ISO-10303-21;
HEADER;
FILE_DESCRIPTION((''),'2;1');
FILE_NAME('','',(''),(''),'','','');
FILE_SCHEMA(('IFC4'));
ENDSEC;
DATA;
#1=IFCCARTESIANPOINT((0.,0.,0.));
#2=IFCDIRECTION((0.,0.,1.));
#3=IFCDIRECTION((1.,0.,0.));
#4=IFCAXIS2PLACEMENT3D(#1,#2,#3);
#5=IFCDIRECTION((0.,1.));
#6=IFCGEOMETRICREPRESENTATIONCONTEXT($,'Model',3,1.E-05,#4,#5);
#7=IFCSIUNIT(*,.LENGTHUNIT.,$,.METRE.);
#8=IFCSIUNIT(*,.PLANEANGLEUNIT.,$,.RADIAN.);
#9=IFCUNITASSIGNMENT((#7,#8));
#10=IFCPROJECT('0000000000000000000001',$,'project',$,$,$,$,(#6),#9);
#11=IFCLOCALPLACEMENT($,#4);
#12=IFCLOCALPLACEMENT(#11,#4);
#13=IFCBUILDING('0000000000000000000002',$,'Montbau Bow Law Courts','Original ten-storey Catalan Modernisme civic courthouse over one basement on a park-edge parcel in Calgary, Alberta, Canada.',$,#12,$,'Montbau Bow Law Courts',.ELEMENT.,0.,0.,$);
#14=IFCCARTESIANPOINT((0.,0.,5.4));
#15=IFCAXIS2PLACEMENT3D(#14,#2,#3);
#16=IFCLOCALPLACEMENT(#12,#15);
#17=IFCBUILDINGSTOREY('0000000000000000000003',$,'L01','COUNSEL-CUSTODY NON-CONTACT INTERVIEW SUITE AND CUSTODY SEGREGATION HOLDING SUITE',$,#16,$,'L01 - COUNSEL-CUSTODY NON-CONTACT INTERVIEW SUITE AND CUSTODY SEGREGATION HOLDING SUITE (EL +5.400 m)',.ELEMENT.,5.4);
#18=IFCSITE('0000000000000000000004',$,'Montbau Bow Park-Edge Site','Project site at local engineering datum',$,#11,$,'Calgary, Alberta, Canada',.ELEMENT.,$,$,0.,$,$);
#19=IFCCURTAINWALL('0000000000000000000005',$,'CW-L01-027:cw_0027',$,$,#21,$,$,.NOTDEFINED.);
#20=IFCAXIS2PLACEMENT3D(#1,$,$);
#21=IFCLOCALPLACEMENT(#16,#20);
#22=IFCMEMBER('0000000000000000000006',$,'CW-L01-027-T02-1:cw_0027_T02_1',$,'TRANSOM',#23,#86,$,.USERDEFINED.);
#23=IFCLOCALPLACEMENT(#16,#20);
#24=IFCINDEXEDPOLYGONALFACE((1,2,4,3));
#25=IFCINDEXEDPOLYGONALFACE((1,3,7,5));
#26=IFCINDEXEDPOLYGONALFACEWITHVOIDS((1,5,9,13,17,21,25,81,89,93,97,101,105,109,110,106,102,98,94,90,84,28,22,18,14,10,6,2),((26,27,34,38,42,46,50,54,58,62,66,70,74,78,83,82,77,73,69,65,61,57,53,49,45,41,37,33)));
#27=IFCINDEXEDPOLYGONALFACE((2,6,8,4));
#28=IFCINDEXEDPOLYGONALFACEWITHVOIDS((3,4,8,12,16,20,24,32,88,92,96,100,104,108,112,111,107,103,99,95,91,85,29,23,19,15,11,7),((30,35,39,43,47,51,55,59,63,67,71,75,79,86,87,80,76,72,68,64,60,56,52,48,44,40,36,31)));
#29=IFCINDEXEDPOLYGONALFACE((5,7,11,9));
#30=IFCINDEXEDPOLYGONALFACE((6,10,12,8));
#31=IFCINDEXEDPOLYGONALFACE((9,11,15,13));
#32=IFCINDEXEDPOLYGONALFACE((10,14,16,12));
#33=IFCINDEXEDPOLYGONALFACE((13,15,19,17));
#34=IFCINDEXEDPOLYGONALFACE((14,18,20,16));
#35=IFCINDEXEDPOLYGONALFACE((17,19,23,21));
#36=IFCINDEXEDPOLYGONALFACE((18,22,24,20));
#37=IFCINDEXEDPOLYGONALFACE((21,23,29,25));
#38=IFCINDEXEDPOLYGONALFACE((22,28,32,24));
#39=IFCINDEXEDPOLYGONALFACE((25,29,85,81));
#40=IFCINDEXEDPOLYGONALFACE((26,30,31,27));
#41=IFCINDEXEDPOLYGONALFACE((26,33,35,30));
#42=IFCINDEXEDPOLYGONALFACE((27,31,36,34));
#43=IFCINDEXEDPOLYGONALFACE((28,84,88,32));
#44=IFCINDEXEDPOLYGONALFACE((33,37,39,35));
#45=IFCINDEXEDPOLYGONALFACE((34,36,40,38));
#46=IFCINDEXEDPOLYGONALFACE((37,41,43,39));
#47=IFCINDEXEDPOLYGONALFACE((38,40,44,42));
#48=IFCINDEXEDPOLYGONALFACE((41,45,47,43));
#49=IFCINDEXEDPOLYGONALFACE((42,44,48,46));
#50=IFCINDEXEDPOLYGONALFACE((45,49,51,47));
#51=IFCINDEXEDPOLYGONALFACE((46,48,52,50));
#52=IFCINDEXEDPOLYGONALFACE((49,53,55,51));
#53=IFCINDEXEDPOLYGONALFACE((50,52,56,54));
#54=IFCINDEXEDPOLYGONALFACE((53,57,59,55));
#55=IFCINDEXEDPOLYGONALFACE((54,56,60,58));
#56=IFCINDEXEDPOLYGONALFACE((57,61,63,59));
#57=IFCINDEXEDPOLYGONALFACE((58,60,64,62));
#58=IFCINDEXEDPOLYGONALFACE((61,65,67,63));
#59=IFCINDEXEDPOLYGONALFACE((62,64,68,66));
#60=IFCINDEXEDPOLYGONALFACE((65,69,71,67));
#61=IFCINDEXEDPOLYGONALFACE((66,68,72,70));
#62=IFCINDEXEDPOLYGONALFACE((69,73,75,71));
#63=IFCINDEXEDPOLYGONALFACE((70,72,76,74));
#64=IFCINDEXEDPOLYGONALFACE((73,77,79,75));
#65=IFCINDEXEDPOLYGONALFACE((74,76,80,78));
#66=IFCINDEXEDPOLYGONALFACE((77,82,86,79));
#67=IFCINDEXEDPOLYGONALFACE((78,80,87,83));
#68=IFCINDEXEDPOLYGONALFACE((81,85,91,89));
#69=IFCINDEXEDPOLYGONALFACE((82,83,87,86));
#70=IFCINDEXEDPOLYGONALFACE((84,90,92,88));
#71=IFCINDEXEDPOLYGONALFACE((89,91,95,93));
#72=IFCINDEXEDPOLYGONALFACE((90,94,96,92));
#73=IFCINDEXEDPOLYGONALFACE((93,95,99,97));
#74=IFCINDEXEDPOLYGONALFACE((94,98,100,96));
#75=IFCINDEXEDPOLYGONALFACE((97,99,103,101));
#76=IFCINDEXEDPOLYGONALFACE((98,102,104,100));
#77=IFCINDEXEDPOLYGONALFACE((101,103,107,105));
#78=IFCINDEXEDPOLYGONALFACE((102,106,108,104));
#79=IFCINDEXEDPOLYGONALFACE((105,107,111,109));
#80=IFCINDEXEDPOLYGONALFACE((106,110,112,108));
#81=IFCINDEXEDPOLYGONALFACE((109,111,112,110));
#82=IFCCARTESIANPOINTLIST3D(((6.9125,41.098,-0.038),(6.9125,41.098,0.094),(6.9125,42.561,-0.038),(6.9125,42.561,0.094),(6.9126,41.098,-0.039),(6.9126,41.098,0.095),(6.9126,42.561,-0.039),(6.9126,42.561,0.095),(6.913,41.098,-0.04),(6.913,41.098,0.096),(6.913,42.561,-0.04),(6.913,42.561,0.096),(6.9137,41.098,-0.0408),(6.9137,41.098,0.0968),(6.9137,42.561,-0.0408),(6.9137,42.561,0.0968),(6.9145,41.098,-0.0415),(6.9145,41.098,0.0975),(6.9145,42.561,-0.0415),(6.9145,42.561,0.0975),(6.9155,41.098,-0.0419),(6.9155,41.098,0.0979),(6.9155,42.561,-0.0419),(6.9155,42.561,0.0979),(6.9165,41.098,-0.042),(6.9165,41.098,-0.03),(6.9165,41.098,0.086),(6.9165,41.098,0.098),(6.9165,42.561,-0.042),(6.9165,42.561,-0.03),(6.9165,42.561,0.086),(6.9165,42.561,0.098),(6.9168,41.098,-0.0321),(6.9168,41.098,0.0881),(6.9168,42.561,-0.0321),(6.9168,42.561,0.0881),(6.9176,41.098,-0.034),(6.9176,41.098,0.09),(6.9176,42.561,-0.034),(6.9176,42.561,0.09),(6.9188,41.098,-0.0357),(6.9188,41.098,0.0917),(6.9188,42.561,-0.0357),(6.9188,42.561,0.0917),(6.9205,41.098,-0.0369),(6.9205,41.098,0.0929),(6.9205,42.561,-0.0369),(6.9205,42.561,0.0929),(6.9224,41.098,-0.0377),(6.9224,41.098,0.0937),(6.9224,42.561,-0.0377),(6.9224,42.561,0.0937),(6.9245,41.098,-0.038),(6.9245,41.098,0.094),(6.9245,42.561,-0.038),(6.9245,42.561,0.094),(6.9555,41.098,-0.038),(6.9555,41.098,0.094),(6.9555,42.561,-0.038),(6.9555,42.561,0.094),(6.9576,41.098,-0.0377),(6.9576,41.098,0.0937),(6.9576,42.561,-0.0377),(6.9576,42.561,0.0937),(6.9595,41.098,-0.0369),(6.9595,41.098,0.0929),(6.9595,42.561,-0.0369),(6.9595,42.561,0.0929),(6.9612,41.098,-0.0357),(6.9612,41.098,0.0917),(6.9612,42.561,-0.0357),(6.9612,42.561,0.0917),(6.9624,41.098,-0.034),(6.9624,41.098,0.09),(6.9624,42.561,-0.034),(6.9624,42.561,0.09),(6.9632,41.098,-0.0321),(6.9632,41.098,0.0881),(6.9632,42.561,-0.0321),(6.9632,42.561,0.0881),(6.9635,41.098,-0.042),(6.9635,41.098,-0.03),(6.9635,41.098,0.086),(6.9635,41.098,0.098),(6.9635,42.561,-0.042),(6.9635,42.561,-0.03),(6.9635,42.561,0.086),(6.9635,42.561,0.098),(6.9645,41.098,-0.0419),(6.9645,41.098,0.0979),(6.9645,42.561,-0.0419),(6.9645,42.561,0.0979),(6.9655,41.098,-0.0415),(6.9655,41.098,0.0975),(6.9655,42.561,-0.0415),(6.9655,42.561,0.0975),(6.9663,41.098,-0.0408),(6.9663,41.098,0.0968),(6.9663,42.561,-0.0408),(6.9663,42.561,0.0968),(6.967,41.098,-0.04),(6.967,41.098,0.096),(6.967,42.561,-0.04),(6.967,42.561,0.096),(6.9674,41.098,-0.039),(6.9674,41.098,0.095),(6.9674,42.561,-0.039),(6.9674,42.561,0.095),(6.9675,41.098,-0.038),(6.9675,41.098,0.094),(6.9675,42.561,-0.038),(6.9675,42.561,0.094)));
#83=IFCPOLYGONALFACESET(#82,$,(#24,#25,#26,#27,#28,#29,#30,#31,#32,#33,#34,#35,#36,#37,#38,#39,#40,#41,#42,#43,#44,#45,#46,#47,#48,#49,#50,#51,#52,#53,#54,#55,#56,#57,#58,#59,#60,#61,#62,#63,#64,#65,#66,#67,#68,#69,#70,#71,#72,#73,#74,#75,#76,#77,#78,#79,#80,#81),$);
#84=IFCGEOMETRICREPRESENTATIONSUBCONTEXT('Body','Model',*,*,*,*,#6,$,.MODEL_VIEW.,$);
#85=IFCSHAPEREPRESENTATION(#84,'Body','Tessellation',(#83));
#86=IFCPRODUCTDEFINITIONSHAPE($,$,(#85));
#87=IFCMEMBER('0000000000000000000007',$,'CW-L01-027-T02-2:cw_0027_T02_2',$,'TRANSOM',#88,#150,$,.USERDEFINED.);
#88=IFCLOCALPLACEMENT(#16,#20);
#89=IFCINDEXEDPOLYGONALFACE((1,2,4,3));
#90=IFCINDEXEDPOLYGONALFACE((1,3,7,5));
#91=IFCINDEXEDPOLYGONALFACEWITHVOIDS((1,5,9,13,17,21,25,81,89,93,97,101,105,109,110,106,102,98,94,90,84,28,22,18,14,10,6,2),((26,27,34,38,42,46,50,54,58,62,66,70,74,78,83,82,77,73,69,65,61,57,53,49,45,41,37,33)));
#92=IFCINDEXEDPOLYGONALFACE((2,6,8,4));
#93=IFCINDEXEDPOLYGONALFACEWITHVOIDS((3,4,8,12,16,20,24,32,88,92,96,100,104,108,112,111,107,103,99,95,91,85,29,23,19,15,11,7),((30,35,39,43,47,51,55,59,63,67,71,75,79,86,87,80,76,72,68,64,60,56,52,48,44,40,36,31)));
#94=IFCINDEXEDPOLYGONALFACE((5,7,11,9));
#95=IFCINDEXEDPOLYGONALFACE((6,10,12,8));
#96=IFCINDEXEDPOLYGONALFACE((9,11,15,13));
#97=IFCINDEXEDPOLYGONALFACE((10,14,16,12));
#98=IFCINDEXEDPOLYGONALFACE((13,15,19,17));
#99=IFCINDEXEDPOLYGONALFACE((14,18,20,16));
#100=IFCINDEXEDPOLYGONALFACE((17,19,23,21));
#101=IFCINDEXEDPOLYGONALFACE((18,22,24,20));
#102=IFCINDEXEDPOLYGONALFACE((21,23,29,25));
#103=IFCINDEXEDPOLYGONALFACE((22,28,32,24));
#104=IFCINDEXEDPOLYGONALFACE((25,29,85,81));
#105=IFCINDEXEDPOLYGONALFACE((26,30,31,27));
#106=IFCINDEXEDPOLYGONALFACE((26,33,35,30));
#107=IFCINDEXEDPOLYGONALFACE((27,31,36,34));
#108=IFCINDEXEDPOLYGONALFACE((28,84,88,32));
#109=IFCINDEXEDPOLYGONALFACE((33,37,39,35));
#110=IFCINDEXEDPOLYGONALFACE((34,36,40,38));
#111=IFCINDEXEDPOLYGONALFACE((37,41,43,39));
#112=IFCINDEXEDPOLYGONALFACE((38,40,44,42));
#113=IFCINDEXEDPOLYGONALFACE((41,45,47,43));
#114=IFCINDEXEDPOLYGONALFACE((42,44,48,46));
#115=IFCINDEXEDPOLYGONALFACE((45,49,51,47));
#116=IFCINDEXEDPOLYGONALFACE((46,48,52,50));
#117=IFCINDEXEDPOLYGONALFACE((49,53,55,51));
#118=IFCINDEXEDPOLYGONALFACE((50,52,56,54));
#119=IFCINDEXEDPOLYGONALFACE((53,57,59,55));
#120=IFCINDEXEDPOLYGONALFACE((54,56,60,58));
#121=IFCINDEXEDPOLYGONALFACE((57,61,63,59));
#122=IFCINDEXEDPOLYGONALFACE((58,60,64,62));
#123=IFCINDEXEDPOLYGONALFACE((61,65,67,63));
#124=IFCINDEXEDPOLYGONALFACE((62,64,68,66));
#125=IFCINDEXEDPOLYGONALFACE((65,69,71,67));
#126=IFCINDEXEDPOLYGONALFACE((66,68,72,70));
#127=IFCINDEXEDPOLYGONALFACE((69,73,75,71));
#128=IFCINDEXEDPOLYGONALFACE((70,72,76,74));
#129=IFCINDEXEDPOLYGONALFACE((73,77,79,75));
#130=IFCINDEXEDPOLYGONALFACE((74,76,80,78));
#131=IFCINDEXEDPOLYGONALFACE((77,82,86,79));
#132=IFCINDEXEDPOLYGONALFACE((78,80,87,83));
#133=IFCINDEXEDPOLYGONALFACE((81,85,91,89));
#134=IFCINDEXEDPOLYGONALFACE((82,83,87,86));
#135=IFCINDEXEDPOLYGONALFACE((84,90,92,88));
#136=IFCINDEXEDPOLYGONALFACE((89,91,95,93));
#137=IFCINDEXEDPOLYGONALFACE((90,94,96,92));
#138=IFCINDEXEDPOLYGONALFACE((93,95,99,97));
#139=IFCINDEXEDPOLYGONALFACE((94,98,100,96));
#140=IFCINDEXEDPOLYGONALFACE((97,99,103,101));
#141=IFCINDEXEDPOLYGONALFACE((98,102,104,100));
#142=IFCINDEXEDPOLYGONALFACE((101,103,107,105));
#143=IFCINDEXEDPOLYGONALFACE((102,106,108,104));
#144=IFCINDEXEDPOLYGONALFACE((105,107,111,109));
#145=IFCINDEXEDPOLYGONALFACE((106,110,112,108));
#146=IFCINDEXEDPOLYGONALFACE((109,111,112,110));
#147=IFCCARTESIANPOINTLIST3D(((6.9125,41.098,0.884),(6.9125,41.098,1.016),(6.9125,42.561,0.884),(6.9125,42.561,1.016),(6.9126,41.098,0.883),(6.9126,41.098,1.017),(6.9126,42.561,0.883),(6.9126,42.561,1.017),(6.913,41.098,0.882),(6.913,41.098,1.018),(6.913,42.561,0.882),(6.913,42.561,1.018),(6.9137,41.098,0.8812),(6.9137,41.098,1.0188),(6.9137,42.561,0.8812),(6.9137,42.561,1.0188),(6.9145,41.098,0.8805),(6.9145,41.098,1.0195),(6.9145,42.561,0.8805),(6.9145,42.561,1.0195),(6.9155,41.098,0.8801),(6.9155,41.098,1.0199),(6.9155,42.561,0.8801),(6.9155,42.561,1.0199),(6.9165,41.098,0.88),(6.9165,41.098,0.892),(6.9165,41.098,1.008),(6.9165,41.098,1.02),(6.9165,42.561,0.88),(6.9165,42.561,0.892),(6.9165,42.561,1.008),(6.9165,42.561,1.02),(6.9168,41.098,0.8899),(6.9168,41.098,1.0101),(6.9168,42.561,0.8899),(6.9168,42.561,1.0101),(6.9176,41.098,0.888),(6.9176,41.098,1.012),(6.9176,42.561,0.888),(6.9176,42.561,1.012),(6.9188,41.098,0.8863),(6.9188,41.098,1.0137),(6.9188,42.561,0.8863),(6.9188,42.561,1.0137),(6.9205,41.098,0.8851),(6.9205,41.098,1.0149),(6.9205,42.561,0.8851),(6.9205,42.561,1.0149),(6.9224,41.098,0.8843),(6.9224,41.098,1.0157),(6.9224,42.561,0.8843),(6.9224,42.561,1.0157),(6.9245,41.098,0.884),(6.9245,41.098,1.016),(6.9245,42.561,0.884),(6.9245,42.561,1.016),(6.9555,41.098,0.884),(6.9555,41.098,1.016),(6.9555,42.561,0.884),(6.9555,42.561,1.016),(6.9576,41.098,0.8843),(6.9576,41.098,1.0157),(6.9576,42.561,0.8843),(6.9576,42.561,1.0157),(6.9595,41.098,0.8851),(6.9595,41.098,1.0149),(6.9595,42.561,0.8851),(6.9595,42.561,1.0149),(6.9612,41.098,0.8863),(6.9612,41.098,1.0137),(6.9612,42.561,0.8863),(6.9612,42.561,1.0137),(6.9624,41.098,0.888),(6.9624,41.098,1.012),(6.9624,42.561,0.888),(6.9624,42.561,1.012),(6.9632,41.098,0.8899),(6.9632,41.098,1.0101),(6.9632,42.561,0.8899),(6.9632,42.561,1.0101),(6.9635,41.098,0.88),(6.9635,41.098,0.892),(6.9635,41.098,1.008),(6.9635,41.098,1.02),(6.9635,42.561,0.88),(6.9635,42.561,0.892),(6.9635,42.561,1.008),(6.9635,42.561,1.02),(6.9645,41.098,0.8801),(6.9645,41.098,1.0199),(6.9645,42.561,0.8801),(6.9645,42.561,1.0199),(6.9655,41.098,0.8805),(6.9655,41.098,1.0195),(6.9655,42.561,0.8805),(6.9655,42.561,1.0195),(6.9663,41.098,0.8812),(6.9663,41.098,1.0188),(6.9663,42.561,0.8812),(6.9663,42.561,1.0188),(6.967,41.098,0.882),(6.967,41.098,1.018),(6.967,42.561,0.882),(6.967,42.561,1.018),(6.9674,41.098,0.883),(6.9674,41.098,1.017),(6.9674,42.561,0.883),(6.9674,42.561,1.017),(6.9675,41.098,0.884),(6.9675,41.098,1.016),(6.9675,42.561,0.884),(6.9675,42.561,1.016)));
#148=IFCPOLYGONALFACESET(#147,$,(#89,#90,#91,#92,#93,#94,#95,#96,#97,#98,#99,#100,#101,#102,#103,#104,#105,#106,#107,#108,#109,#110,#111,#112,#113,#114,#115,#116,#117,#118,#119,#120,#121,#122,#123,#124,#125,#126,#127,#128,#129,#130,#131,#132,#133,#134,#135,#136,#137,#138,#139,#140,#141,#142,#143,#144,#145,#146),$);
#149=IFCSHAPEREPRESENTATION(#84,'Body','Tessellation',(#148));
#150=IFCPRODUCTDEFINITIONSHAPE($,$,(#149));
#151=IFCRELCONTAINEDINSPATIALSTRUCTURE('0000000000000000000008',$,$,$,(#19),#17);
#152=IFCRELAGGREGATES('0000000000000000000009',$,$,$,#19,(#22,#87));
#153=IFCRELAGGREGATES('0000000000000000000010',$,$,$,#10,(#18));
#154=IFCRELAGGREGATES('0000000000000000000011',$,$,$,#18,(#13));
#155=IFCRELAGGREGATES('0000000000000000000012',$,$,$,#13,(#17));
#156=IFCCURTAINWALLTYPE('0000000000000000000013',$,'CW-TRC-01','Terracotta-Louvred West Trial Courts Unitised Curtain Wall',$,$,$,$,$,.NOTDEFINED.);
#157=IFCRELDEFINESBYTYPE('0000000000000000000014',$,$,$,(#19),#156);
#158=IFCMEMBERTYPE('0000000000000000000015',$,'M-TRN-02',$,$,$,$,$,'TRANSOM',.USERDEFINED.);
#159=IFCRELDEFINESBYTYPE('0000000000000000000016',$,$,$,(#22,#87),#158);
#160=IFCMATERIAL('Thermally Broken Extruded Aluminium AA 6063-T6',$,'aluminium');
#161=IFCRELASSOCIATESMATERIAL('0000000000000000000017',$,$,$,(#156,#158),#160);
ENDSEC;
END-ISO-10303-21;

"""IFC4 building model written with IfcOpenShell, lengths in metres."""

from ifc_helpers import new_model, si_unit, direction, frame, origin_with_axes, origin_2d_with_axis, place, context, subcontext, project, spatial, hollow_rectangle, extrude, material, material_profile, profile_set, type_object, element, aggregate, save


model = new_model("IFC4")

# Units and contexts
model_context = context("Model", 3, precision=1e-05, world=origin_with_axes(), true_north=direction((0.0, 1.0)))
body_context = subcontext(model_context, "Body", "Model", "MODEL_VIEW")
ifc_project = project(units=[si_unit("LENGTHUNIT", "METRE"), si_unit("PLANEANGLEUNIT", "RADIAN")], contexts=[model_context])

# Site, building, storey
site_placement = place(None, origin_with_axes())
site = spatial("IfcSite", under=ifc_project, at=site_placement, Name="Montbau Bow Park-Edge Site", Description="Project site at local engineering datum", LongName="Calgary, Alberta, Canada", CompositionType="ELEMENT", RefElevation=0.0)
building_placement = place(site_placement, origin_with_axes())
building = spatial("IfcBuilding", under=site, at=building_placement, Name="Montbau Bow Law Courts", Description="Original ten-storey Catalan Modernisme civic courthouse over one basement on a park-edge parcel in Calgary, Alberta, Canada.", LongName="Montbau Bow Law Courts", CompositionType="ELEMENT", ElevationOfRefHeight=0.0, ElevationOfTerrain=0.0)
storey_placement = place(building_placement, frame((0.0, 0.0, 5.4), z_axis=(0.0, 0.0, 1.0), x_axis=(1.0, 0.0, 0.0)))
storey = spatial("IfcBuildingStorey", under=building, at=storey_placement, Name="L01", Description="COUNSEL-CUSTODY NON-CONTACT INTERVIEW SUITE AND CUSTODY SEGREGATION HOLDING SUITE", LongName="L01 - COUNSEL-CUSTODY NON-CONTACT INTERVIEW SUITE AND CUSTODY SEGREGATION HOLDING SUITE (EL +5.400 m)", CompositionType="ELEMENT", Elevation=5.4)

# Curtain wall
ifc_material_1 = material(Name="Thermally Broken Extruded Aluminium AA 6063-T6", Category="aluminium")
curtain_wall_type = type_object("IfcCurtainWallType", Name="CW-TRC-01", Description="Terracotta-Louvred West Trial Courts Unitised Curtain Wall", PredefinedType="NOTDEFINED", material=ifc_material_1)
curtain_wall_1_placement = place(None, frame((6.94, 39.515, 5.4), z_axis=(0.0, 0.0, 1.0), x_axis=(1.0, 0.0, 0.0)))
curtain_wall_1 = element("IfcCurtainWall", 1, at=curtain_wall_1_placement, inside=storey, type_object=curtain_wall_type, Name="CW-L01-027:cw_0027", PredefinedType="NOTDEFINED")

# Members
ifc_material_profile_1 = material_profile(ifc_material_1, hollow_rectangle(XDim=0.055, YDim=0.14, WallThickness=0.004, InnerFilletRadius=0.008, OuterFilletRadius=0.004, at=origin_2d_with_axis()), Name="CWT-140X55", Category="Main", Priority=0)
ifc_profile_set_1 = profile_set([ifc_material_profile_1], Name="Thermally Broken Extruded Aluminium AA 6063-T6")
member_type_1 = type_object("IfcMemberType", Name="M-TRN-02", ElementType="TRANSOM", PredefinedType="USERDEFINED", material=ifc_profile_set_1)
member_1_placement = place(None, frame((6.94, 41.098, 5.428), z_axis=(0.0, 1.0, 0.0), x_axis=(-1.0, 0.0, 0.0)))
member_1 = element("IfcMember", 2, at=member_1_placement, type_object=member_type_1, Name="CW-L01-027-T02-1:cw_0027_T02_1", ObjectType="TRANSOM", PredefinedType="USERDEFINED", context=body_context, shape_type="SweptSolid", body=[
    extrude(hollow_rectangle(XDim=0.055, YDim=0.14, WallThickness=0.004, InnerFilletRadius=0.008, OuterFilletRadius=0.004, at=origin_2d_with_axis()), origin_with_axes(), (0.0, 0.0, 1.0), 1.463),
])
member_2_placement = place(None, frame((6.94, 41.098, 6.35), z_axis=(0.0, 1.0, 0.0), x_axis=(-1.0, 0.0, 0.0)))
member_2 = element("IfcMember", 3, at=member_2_placement, type_object=member_type_1, Name="CW-L01-027-T02-2:cw_0027_T02_2", ObjectType="TRANSOM", PredefinedType="USERDEFINED", context=body_context, shape_type="SweptSolid", body=[
    extrude(hollow_rectangle(XDim=0.055, YDim=0.14, WallThickness=0.004, InnerFilletRadius=0.008, OuterFilletRadius=0.004, at=origin_2d_with_axis()), origin_with_axes(), (0.0, 0.0, 1.0), 1.463),
])

aggregate(curtain_wall_1, [member_1, member_2])

save(model, "model.ifc")
